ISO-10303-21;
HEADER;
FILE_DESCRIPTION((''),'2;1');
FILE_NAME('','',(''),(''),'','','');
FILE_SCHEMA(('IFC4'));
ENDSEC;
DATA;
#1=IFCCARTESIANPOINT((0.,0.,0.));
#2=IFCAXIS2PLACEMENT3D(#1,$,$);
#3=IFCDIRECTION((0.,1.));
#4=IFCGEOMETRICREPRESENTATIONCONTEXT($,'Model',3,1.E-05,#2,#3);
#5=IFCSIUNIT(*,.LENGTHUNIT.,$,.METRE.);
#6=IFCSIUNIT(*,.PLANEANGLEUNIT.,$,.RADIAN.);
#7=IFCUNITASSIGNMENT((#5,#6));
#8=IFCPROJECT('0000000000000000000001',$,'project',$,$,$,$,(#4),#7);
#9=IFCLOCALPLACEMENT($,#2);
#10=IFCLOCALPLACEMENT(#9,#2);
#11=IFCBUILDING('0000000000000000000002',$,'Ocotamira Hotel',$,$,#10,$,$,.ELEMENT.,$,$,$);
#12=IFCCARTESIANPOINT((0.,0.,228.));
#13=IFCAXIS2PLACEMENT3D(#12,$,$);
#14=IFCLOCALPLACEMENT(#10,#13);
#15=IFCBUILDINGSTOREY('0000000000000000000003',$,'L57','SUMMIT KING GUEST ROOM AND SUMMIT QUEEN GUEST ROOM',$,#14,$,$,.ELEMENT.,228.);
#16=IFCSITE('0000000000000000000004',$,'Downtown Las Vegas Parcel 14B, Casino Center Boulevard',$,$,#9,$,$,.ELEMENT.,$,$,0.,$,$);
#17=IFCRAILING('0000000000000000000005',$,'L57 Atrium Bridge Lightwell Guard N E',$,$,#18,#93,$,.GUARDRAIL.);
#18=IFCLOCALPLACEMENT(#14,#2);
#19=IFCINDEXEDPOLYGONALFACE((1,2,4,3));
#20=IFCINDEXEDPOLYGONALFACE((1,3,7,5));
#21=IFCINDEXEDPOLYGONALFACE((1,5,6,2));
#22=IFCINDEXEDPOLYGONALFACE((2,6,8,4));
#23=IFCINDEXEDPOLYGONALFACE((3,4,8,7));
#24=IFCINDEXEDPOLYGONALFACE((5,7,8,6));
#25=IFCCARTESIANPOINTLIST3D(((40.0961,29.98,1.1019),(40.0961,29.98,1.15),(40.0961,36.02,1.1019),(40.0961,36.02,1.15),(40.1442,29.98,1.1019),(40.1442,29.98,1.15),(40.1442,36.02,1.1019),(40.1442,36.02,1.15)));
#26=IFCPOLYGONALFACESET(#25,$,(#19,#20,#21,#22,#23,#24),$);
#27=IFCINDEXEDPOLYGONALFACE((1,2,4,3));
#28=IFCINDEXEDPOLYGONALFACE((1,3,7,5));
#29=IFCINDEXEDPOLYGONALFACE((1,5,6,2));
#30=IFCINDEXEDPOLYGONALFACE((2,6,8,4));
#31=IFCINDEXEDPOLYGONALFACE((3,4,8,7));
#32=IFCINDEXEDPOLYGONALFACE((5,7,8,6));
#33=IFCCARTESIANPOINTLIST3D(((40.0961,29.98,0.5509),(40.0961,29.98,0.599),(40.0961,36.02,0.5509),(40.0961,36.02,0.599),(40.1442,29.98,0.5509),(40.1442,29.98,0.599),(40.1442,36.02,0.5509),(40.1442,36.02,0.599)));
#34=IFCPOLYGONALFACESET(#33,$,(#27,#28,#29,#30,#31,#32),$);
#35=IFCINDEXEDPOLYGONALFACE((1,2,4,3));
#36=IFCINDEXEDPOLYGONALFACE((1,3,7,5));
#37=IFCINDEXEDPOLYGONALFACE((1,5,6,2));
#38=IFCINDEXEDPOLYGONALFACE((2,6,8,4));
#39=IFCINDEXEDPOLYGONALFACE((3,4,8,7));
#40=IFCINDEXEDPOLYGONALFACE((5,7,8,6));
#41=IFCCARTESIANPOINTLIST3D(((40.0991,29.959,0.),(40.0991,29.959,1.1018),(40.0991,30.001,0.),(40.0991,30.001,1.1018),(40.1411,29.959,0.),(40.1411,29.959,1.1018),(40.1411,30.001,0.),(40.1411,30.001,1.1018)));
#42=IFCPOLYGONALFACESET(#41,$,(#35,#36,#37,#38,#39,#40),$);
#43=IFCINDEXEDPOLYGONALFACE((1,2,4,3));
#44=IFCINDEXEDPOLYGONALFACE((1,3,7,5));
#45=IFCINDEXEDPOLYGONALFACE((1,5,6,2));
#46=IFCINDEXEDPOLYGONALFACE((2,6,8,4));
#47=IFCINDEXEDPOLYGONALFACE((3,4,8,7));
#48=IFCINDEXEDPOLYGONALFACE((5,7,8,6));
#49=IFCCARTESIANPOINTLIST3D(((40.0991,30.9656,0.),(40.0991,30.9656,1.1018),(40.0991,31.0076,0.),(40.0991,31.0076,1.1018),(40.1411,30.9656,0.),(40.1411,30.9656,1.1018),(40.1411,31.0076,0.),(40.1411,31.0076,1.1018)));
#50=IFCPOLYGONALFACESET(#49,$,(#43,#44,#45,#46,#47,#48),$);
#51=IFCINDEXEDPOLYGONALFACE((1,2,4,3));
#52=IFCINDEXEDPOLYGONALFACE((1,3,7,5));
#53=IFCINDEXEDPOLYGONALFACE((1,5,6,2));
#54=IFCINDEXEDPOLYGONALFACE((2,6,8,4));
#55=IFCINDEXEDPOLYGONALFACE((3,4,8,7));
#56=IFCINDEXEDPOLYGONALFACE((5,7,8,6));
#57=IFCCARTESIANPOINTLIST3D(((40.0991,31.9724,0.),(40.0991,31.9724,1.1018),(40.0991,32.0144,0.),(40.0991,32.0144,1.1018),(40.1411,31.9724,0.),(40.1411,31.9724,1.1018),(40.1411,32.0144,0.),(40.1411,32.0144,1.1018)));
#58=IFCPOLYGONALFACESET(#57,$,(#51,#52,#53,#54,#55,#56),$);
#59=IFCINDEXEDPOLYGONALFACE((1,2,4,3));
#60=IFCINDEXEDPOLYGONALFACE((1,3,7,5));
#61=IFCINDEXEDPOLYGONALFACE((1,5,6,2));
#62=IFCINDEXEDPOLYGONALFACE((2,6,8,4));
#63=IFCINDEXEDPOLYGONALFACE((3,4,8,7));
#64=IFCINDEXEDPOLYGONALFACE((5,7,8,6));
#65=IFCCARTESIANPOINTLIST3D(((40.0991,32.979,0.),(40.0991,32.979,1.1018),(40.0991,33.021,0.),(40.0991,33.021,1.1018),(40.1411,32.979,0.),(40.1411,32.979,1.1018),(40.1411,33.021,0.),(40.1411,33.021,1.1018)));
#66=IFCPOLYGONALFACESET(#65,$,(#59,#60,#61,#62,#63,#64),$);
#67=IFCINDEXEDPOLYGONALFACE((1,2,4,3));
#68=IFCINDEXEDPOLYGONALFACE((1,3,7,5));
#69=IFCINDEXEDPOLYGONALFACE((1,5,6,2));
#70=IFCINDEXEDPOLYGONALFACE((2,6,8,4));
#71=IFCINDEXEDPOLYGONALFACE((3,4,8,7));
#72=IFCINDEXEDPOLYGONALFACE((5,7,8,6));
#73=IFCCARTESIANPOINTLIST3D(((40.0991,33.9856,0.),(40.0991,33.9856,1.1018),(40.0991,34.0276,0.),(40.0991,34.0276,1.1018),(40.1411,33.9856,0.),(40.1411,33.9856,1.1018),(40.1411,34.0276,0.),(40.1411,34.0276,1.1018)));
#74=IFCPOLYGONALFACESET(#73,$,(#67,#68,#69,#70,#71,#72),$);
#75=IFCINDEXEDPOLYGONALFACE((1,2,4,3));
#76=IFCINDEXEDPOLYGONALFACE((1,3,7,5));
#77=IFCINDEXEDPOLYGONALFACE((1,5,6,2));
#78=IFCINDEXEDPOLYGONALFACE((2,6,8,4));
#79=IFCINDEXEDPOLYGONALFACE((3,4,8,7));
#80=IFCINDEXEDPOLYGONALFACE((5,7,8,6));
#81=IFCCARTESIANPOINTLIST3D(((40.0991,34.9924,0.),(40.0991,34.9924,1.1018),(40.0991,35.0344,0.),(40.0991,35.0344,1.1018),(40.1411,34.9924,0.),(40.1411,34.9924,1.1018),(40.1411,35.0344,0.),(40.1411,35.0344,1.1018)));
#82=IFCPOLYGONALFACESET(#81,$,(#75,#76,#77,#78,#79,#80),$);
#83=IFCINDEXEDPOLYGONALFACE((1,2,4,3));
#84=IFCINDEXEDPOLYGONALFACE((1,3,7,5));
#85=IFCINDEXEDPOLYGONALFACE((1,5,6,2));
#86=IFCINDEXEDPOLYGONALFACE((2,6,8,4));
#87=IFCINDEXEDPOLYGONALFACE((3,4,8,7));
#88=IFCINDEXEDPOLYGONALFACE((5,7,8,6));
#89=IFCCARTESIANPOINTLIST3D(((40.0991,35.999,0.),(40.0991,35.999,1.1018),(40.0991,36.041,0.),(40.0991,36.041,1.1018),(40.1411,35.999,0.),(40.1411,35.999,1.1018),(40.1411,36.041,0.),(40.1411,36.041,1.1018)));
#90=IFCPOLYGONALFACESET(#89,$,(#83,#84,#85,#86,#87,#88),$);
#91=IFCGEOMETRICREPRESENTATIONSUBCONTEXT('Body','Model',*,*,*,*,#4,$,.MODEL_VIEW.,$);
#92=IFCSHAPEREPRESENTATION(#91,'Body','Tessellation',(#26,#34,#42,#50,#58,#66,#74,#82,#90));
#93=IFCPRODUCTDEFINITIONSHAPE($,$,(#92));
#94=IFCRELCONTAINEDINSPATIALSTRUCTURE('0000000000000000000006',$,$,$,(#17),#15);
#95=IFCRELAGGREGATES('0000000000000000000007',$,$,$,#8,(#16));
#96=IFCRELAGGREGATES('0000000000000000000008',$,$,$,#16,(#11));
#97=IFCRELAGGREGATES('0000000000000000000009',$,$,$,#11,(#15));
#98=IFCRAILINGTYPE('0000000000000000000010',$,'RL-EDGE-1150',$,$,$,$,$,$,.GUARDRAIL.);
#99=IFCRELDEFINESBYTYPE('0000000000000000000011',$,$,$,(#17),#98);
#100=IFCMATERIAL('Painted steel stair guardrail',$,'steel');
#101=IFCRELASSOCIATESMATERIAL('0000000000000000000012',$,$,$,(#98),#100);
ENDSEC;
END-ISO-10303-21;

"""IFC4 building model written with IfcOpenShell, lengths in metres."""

from ifc_helpers import new_model, si_unit, direction, frame, origin, origin_2d, place, context, subcontext, project, spatial, rectangle, extrude, material, type_object, element, save


model = new_model("IFC4")

# Units and contexts
model_context = context("Model", 3, precision=1e-05, world=origin(), true_north=direction((0.0, 1.0)))
body_context = subcontext(model_context, "Body", "Model", "MODEL_VIEW")
ifc_project = project(units=[si_unit("LENGTHUNIT", "METRE"), si_unit("PLANEANGLEUNIT", "RADIAN")], contexts=[model_context])

# Site, building, storey
site_placement = place(None, origin())
site = spatial("IfcSite", under=ifc_project, at=site_placement, Name="Downtown Las Vegas Parcel 14B, Casino Center Boulevard", CompositionType="ELEMENT", RefElevation=0.0)
building_placement = place(site_placement, origin())
building = spatial("IfcBuilding", under=site, at=building_placement, Name="Ocotamira Hotel", CompositionType="ELEMENT")
storey_placement = place(building_placement, frame((0.0, 0.0, 228.0)))
storey = spatial("IfcBuildingStorey", under=building, at=storey_placement, Name="L57", Description="SUMMIT KING GUEST ROOM AND SUMMIT QUEEN GUEST ROOM", CompositionType="ELEMENT", Elevation=228.0)

# Railing
ifc_material_1 = material(Name="Painted steel stair guardrail", Category="steel")
railing_type = type_object("IfcRailingType", Name="RL-EDGE-1150", PredefinedType="GUARDRAIL", material=ifc_material_1)
railing_1_placement = place(storey_placement, frame((40.1201, 29.98, 0.0)))
element("IfcRailing", 1, at=railing_1_placement, inside=storey, type_object=railing_type, Name="L57 Atrium Bridge Lightwell Guard N E", PredefinedType="GUARDRAIL", context=body_context, shape_type="SweptSolid", body=[
    extrude(rectangle(XDim=0.0481, YDim=0.0481, at=origin_2d()), frame((0.0, 0.0, 1.126), z_axis=(0.0, 1.0, 0.0), x_axis=(-1.0, 0.0, 0.0)), (0.0, 0.0, 1.0), 6.04),
    extrude(rectangle(XDim=0.0481, YDim=0.0481, at=origin_2d()), frame((0.0, 0.0, 0.575), z_axis=(0.0, 1.0, 0.0), x_axis=(-1.0, 0.0, 0.0)), (0.0, 0.0, 1.0), 6.04),
    extrude(rectangle(XDim=0.042, YDim=0.042, at=origin_2d()), origin(), (0.0, 0.0, 1.0), 1.1018),
    extrude(rectangle(XDim=0.042, YDim=0.042, at=origin_2d()), frame((0.0, 1.0066, 0.0)), (0.0, 0.0, 1.0), 1.1018),
    extrude(rectangle(XDim=0.042, YDim=0.042, at=origin_2d()), frame((0.0, 2.0134, 0.0)), (0.0, 0.0, 1.0), 1.1018),
    extrude(rectangle(XDim=0.042, YDim=0.042, at=origin_2d()), frame((0.0, 3.02, 0.0)), (0.0, 0.0, 1.0), 1.1018),
    extrude(rectangle(XDim=0.042, YDim=0.042, at=origin_2d()), frame((0.0, 4.0266, 0.0)), (0.0, 0.0, 1.0), 1.1018),
    extrude(rectangle(XDim=0.042, YDim=0.042, at=origin_2d()), frame((0.0, 5.0334, 0.0)), (0.0, 0.0, 1.0), 1.1018),
    extrude(rectangle(XDim=0.042, YDim=0.042, at=origin_2d()), frame((0.0, 6.04, 0.0)), (0.0, 0.0, 1.0), 1.1018),
])

save(model, "model.ifc")
